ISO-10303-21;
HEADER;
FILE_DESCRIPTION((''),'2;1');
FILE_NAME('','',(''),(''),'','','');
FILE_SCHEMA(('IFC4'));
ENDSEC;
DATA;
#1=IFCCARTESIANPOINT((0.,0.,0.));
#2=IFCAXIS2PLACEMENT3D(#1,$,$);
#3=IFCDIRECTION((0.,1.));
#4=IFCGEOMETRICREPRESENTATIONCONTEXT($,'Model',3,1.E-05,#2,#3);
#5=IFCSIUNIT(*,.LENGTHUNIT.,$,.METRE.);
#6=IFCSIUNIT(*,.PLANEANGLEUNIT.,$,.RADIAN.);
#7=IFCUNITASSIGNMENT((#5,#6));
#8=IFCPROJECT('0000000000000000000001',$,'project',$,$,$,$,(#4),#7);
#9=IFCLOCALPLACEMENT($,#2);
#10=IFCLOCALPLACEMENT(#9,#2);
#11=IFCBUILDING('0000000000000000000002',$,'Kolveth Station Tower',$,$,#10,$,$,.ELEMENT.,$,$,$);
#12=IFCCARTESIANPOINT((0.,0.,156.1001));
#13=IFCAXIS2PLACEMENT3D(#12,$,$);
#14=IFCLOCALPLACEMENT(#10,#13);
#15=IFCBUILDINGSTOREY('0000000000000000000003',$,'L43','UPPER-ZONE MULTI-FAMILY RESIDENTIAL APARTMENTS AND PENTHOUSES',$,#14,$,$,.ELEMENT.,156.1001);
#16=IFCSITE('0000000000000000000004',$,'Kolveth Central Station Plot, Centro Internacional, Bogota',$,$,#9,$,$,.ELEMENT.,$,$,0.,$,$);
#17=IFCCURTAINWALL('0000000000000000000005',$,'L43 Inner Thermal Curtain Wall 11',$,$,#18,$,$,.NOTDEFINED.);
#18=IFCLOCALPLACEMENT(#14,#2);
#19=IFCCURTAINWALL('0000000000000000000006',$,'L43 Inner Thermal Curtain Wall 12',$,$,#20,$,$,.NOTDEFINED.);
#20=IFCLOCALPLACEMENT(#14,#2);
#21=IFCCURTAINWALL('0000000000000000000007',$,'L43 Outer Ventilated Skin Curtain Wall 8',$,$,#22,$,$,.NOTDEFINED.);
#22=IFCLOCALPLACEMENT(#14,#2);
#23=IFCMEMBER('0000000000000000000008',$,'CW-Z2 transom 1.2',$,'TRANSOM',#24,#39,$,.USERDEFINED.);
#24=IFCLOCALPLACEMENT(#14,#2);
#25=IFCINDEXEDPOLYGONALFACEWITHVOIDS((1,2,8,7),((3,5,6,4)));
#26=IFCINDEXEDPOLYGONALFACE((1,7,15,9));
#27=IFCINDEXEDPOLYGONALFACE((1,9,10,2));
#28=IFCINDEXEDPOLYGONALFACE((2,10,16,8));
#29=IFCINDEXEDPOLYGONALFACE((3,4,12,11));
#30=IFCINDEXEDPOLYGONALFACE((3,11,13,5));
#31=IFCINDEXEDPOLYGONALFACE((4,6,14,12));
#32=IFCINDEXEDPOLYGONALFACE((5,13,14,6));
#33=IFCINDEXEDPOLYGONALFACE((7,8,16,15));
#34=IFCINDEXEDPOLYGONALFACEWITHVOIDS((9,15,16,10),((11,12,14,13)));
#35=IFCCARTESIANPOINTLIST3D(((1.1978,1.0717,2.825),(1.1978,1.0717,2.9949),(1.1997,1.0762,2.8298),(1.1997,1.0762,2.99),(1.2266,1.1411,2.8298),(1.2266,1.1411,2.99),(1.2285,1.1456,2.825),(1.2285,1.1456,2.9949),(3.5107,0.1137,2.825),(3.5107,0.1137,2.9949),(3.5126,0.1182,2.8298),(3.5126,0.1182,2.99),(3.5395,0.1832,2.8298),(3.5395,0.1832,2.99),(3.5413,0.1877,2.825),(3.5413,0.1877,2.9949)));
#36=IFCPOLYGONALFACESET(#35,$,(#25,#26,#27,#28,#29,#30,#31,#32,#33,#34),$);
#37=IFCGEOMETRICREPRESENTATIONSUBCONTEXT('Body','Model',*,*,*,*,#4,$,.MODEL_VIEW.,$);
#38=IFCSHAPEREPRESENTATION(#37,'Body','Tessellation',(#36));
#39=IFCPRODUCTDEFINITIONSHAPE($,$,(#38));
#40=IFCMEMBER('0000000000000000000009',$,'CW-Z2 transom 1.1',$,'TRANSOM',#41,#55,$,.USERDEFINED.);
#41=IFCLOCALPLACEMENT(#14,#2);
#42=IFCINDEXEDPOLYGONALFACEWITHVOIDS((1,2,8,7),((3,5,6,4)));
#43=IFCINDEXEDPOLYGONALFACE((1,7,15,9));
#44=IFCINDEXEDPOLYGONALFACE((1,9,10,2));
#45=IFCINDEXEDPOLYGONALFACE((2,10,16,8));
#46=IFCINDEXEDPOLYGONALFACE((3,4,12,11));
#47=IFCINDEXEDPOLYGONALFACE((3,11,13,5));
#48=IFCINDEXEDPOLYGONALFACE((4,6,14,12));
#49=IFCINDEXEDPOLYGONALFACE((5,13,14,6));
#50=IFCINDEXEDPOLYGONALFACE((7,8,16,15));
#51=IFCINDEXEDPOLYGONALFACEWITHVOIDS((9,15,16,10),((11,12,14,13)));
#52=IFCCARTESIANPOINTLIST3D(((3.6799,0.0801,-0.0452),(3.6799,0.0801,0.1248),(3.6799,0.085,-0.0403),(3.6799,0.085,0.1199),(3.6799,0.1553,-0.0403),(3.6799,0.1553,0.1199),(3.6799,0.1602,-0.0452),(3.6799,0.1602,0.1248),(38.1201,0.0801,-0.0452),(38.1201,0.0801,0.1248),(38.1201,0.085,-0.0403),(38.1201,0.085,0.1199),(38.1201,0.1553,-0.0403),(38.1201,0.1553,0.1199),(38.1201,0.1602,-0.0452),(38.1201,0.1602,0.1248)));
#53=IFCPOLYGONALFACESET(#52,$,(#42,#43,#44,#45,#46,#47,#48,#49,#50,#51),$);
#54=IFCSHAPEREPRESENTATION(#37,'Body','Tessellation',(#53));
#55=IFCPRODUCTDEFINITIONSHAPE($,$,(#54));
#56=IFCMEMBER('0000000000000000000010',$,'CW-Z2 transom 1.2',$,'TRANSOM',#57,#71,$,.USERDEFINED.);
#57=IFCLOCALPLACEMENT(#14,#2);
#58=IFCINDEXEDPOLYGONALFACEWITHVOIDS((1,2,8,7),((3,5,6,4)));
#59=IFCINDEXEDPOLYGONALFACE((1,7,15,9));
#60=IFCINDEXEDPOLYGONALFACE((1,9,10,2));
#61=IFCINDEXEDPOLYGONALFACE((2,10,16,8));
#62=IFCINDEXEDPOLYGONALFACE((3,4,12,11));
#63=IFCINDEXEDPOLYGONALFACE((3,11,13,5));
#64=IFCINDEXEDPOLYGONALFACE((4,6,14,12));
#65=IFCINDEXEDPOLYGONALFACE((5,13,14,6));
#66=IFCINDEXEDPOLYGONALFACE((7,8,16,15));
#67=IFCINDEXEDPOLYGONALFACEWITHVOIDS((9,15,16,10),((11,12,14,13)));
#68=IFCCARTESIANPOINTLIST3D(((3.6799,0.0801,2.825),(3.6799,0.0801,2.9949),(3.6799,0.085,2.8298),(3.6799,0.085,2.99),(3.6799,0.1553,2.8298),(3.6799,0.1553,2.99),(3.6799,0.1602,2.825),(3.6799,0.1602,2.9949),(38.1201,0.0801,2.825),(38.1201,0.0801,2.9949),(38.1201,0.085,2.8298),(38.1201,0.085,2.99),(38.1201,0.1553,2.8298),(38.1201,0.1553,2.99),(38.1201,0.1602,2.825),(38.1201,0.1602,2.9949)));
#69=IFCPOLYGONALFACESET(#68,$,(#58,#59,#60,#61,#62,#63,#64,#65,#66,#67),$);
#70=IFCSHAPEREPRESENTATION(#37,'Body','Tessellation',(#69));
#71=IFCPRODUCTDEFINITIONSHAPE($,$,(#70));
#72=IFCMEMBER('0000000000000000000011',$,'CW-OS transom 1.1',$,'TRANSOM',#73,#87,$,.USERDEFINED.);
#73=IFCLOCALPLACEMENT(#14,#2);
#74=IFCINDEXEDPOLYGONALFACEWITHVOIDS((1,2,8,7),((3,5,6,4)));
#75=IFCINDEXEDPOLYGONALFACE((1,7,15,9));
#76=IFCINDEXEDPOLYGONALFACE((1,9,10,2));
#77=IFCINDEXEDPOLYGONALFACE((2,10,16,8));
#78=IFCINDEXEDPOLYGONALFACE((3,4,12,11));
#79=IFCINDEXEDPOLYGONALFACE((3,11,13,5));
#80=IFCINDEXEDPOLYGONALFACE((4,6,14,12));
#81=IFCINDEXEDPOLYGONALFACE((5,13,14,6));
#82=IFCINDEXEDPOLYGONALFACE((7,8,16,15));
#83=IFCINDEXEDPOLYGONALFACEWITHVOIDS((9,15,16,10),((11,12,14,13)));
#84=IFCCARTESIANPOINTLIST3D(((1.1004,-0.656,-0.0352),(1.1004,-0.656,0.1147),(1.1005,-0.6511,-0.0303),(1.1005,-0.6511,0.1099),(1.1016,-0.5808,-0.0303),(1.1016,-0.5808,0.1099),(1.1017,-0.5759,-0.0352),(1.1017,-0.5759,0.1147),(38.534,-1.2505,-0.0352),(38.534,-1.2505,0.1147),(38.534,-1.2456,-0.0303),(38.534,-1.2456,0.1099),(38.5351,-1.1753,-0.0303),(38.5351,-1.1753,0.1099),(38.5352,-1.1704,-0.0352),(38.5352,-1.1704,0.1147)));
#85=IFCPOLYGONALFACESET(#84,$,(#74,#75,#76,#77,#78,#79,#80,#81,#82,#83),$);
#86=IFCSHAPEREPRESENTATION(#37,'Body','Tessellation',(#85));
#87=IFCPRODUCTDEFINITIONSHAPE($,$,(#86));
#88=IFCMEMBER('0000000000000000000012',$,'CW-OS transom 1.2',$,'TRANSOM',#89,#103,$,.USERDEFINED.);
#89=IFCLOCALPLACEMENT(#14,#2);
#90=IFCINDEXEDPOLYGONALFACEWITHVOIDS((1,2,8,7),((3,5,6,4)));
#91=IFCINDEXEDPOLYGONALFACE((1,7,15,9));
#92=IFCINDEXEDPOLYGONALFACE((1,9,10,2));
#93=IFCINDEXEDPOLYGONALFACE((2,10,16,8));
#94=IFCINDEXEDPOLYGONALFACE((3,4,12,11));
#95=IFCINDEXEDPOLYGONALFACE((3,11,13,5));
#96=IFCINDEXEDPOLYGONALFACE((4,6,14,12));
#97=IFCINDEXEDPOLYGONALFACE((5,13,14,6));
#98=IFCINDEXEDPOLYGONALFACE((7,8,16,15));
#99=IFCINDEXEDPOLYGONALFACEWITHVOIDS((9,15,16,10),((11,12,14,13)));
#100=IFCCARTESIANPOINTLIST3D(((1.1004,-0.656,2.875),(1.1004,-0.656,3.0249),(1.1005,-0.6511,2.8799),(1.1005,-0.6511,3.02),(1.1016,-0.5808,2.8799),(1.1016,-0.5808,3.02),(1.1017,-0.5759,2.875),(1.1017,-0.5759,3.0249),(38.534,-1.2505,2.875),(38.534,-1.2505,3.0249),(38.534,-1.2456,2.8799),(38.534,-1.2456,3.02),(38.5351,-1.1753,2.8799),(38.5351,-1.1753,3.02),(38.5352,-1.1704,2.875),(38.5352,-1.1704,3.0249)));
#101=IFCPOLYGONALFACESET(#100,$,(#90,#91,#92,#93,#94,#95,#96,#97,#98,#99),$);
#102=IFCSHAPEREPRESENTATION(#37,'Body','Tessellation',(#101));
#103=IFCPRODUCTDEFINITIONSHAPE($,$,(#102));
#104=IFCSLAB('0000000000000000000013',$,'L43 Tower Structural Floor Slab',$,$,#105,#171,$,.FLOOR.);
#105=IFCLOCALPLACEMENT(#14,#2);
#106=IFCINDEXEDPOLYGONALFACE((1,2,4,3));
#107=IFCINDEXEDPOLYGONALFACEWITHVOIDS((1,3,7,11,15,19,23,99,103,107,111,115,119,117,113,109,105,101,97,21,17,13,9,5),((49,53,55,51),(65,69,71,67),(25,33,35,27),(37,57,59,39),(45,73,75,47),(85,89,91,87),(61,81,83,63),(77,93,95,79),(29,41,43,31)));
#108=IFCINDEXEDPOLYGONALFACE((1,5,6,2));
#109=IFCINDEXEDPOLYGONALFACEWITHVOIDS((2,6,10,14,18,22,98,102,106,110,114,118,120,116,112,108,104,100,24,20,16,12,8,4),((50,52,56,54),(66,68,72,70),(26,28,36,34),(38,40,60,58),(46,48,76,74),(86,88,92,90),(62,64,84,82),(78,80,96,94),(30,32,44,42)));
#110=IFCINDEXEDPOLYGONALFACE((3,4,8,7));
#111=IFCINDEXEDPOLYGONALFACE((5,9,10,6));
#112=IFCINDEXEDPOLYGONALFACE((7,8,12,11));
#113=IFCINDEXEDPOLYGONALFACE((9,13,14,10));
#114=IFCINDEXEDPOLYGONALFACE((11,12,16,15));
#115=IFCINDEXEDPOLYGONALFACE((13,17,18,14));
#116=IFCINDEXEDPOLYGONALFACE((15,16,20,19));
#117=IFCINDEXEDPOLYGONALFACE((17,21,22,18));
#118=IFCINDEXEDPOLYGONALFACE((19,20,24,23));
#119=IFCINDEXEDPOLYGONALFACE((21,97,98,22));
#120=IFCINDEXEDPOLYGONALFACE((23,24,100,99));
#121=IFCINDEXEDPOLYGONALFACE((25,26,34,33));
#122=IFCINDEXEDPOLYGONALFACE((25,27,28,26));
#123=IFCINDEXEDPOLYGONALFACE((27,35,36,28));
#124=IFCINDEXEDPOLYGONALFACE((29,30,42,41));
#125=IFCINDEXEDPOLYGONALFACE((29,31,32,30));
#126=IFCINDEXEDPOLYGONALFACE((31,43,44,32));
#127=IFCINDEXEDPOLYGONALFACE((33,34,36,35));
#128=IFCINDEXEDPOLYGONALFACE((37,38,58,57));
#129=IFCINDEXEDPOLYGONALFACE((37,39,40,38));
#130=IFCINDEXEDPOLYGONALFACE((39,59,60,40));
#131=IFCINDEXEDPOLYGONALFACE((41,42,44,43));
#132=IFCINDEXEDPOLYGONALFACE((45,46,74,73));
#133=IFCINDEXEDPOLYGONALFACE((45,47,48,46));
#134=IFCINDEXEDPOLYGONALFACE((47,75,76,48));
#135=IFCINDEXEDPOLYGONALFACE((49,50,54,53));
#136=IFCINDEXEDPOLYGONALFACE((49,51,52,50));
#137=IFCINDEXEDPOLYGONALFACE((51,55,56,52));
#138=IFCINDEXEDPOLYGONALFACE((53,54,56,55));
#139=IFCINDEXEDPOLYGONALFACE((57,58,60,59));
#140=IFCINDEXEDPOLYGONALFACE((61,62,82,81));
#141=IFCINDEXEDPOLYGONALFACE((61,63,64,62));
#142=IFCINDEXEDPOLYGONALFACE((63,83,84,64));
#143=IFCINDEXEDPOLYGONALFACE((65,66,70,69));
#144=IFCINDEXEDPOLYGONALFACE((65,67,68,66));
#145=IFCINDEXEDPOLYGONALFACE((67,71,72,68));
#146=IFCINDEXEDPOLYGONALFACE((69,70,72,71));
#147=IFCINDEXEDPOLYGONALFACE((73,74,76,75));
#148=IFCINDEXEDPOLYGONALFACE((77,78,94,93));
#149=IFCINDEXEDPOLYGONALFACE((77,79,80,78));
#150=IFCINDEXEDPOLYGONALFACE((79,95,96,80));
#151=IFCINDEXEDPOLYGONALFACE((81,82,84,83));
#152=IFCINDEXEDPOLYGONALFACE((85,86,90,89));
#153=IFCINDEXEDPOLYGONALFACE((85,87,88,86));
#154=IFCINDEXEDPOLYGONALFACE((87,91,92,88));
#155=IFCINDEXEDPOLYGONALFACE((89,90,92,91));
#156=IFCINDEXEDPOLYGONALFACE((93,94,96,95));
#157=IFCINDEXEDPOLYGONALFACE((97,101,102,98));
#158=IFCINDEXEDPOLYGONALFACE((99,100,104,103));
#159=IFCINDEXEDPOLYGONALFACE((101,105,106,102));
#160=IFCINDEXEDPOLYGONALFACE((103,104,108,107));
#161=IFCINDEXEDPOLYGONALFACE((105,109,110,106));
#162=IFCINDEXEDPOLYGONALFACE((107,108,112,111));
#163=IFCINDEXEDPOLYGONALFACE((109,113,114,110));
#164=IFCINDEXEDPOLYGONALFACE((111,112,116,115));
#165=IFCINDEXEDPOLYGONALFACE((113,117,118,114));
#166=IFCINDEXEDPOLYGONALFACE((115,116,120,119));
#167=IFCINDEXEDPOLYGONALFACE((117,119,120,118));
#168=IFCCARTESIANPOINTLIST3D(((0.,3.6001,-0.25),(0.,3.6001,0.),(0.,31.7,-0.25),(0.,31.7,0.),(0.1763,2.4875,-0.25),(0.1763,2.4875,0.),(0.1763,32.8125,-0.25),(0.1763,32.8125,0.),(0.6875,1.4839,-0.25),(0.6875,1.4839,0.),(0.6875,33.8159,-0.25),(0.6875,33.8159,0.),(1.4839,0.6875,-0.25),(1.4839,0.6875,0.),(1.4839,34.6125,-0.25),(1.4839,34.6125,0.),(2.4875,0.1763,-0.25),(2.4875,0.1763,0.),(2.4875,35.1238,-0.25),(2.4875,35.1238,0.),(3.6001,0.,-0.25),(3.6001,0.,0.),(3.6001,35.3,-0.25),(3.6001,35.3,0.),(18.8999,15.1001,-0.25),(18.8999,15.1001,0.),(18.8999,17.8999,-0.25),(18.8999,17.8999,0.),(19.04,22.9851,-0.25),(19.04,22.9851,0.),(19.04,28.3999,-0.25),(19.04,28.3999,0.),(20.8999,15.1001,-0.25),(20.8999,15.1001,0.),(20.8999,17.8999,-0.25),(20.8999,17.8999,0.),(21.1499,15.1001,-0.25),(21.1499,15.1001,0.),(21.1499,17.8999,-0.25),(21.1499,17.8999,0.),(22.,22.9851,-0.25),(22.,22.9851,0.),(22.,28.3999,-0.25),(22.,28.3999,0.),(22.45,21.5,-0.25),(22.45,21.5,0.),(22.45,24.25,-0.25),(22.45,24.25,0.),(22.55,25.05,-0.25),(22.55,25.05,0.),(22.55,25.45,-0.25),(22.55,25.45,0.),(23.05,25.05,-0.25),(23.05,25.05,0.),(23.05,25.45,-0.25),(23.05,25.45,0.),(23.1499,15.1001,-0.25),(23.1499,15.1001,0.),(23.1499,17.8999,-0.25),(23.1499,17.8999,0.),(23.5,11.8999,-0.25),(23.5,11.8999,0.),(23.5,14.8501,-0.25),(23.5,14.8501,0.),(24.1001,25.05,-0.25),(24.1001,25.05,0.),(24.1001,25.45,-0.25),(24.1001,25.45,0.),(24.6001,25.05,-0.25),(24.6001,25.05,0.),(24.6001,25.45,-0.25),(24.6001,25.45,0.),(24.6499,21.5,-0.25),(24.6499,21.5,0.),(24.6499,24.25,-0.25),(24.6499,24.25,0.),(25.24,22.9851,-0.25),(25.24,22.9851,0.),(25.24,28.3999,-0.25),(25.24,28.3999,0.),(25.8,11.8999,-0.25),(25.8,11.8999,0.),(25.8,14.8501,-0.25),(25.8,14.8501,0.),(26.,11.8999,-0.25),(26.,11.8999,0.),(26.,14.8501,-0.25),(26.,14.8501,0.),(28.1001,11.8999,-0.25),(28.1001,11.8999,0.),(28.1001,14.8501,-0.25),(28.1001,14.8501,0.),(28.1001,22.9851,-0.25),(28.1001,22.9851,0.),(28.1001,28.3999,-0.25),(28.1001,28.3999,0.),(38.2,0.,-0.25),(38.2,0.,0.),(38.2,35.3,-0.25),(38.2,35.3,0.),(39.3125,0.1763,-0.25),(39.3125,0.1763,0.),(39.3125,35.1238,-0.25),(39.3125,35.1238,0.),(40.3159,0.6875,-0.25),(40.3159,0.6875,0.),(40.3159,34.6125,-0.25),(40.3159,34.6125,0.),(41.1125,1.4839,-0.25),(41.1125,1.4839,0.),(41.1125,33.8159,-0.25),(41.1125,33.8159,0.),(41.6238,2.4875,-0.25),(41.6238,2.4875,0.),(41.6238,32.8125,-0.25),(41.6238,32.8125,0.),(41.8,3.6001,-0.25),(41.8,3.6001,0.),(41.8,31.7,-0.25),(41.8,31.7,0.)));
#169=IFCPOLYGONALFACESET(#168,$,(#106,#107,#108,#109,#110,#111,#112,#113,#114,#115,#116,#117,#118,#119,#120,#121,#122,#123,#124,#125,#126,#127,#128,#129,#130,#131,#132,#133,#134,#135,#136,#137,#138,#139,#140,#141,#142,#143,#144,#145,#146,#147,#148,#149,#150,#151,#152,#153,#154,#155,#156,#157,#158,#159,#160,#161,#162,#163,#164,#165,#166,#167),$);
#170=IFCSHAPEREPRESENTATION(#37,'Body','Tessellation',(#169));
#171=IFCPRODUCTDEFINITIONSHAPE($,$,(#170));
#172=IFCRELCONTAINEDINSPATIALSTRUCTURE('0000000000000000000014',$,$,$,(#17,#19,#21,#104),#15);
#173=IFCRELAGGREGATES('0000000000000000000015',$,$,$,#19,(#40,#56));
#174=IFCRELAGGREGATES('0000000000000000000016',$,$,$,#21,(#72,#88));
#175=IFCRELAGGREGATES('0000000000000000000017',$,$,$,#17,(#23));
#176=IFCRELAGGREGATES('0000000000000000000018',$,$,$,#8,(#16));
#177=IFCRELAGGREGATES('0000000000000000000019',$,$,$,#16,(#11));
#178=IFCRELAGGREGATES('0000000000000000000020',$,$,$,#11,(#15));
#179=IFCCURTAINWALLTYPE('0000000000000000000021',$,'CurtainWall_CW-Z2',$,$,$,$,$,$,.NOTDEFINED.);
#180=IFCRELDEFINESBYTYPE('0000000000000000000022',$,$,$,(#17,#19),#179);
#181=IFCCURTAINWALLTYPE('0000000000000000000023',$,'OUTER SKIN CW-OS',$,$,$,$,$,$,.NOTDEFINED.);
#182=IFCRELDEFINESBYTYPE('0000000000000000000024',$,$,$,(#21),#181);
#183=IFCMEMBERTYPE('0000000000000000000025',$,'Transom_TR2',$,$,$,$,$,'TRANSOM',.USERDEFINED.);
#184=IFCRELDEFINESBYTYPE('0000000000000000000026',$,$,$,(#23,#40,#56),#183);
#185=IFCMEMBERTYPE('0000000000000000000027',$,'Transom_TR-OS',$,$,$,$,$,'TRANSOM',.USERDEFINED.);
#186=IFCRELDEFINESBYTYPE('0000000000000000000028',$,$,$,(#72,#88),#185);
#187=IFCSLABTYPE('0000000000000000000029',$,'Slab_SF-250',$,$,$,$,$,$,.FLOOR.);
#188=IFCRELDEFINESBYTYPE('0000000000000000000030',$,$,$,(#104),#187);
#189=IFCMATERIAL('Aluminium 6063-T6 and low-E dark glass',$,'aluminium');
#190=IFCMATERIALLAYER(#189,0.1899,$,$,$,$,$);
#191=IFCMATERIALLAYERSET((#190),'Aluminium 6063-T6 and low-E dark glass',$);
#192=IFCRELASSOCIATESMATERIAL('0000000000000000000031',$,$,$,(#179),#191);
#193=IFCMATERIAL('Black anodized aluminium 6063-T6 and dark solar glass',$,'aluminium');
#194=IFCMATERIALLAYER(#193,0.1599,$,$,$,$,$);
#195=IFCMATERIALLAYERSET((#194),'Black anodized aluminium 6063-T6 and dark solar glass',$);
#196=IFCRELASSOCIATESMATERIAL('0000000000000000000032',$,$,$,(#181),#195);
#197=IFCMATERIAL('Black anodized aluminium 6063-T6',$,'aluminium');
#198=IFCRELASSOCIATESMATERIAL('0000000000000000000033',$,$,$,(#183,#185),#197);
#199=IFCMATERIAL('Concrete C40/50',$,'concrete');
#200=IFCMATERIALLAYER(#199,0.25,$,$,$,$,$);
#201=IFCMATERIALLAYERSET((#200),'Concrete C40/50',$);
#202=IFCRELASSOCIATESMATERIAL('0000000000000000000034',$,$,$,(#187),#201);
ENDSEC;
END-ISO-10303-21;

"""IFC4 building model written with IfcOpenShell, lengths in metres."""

from ifc_helpers import new_model, si_unit, direction, frame, origin, origin_2d, place, context, subcontext, project, spatial, polyline, hollow_rectangle, outline, extrude, source, transform, mapped, material, layer, layer_set, material_profile, profile_set, type_object, element, aggregate, save


model = new_model("IFC4")

# Units and contexts
model_context = context("Model", 3, precision=1e-05, world=origin(), true_north=direction((0.0, 1.0)))
body_context = subcontext(model_context, "Body", "Model", "MODEL_VIEW")
ifc_project = project(units=[si_unit("LENGTHUNIT", "METRE"), si_unit("PLANEANGLEUNIT", "RADIAN")], contexts=[model_context])

# Site, building, storey
site_placement = place(None, origin())
site = spatial("IfcSite", under=ifc_project, at=site_placement, Name="Kolveth Central Station Plot, Centro Internacional, Bogota", CompositionType="ELEMENT", RefElevation=0.0)
building_placement = place(site_placement, origin())
building = spatial("IfcBuilding", under=site, at=building_placement, Name="Kolveth Station Tower", CompositionType="ELEMENT")
storey_placement = place(building_placement, frame((0.0, 0.0, 156.1001)))
storey = spatial("IfcBuildingStorey", under=building, at=storey_placement, Name="L43", Description="UPPER-ZONE MULTI-FAMILY RESIDENTIAL APARTMENTS AND PENTHOUSES", CompositionType="ELEMENT", Elevation=156.1001)

# Shared definitions
ifc_material_1 = material(Name="Aluminium 6063-T6 and low-E dark glass", Category="aluminium")
ifc_layer_1 = layer(ifc_material_1, 0.1899)
ifc_layer_set_1 = layer_set([ifc_layer_1], Name="Aluminium 6063-T6 and low-E dark glass")
curtain_wall_type_1 = type_object("IfcCurtainWallType", Name="CurtainWall_CW-Z2", PredefinedType="NOTDEFINED", material=ifc_layer_set_1)
ifc_material_2 = material(Name="Black anodized aluminium 6063-T6", Category="aluminium")

# Curtain wall
curtain_wall_1_placement = place(storey_placement, origin())
curtain_wall_1 = element("IfcCurtainWall", 1, at=curtain_wall_1_placement, inside=storey, type_object=curtain_wall_type_1, Name="L43 Inner Thermal Curtain Wall 11", PredefinedType="NOTDEFINED")

# Curtain walls
curtain_wall_2_placement = place(storey_placement, origin())
curtain_wall_2 = element("IfcCurtainWall", 2, at=curtain_wall_2_placement, inside=storey, type_object=curtain_wall_type_1, Name="L43 Inner Thermal Curtain Wall 12", PredefinedType="NOTDEFINED")
ifc_material_3 = material(Name="Black anodized aluminium 6063-T6 and dark solar glass", Category="aluminium")
ifc_layer_2 = layer(ifc_material_3, 0.1599)
ifc_layer_set_2 = layer_set([ifc_layer_2], Name="Black anodized aluminium 6063-T6 and dark solar glass")
curtain_wall_type_2 = type_object("IfcCurtainWallType", Name="OUTER SKIN CW-OS", PredefinedType="NOTDEFINED", material=ifc_layer_set_2)
curtain_wall_3_placement = place(storey_placement, origin())
curtain_wall_3 = element("IfcCurtainWall", 3, at=curtain_wall_3_placement, inside=storey, type_object=curtain_wall_type_2, Name="L43 Outer Ventilated Skin Curtain Wall 8", PredefinedType="NOTDEFINED")

# Members
ifc_material_profile_1 = material_profile(ifc_material_2, hollow_rectangle(XDim=0.0801, YDim=0.1699, WallThickness=0.0049, at=origin_2d()), Name="ALU-80x170x5")
ifc_profile_set_1 = profile_set([ifc_material_profile_1], Name="Black anodized aluminium 6063-T6")
member_type_1 = type_object("IfcMemberType", Name="Transom_TR2", ElementType="TRANSOM", PredefinedType="USERDEFINED", material=ifc_profile_set_1)
shared_shape_1 = source(origin(), body_context, "Body", "SweptSolid", [
    extrude(hollow_rectangle(XDim=0.0801, YDim=0.1699, WallThickness=0.0049, at=origin_2d()), origin(), (0.0, 0.0, 1.0), 2.5034),
])
member_1_placement = place(storey_placement, frame((1.2131, 1.1086, 2.9099), z_axis=(0.923888, -0.382662, 0.0), x_axis=(0.382662, 0.923888, 0.0)))
member_1 = element("IfcMember", 4, at=member_1_placement, type_object=member_type_1, Name="CW-Z2 transom 1.2", ObjectType="TRANSOM", PredefinedType="USERDEFINED", context=body_context, shape_type="MappedRepresentation", body=[
    mapped(shared_shape_1, transform((0.0, 0.0, 0.0), x_axis=(1.0, 0.0, 0.0), y_axis=(0.0, 1.0, 0.0), z_axis=(0.0, 0.0, 1.0), scale=1.0)),
])
shared_shape_2 = source(origin(), body_context, "Body", "SweptSolid", [
    extrude(hollow_rectangle(XDim=0.0801, YDim=0.1699, WallThickness=0.0049, at=origin_2d()), origin(), (0.0, 0.0, 1.0), 34.4402),
])
member_2_placement = place(storey_placement, frame((3.6799, 0.1201, 0.0398), z_axis=(1.0, 0.0, 0.0), x_axis=(0.0, 1.0, 0.0)))
member_2 = element("IfcMember", 5, at=member_2_placement, type_object=member_type_1, Name="CW-Z2 transom 1.1", ObjectType="TRANSOM", PredefinedType="USERDEFINED", context=body_context, shape_type="MappedRepresentation", body=[
    mapped(shared_shape_2, transform((0.0, 0.0, 0.0), x_axis=(1.0, 0.0, 0.0), y_axis=(0.0, 1.0, 0.0), z_axis=(0.0, 0.0, 1.0), scale=1.0)),
])
member_3_placement = place(storey_placement, frame((3.6799, 0.1201, 2.9099), z_axis=(1.0, 0.0, 0.0), x_axis=(0.0, 1.0, 0.0)))
member_3 = element("IfcMember", 6, at=member_3_placement, type_object=member_type_1, Name="CW-Z2 transom 1.2", ObjectType="TRANSOM", PredefinedType="USERDEFINED", context=body_context, shape_type="MappedRepresentation", body=[
    mapped(shared_shape_2, transform((0.0, 0.0, 0.0), x_axis=(1.0, 0.0, 0.0), y_axis=(0.0, 1.0, 0.0), z_axis=(0.0, 0.0, 1.0), scale=1.0)),
])
aggregate(curtain_wall_2, [member_2, member_3])
ifc_material_profile_2 = material_profile(ifc_material_2, hollow_rectangle(XDim=0.0801, YDim=0.1499, WallThickness=0.0049, at=origin_2d()), Name="ALU-80x150x5")
ifc_profile_set_2 = profile_set([ifc_material_profile_2], Name="Black anodized aluminium 6063-T6")
member_type_2 = type_object("IfcMemberType", Name="Transom_TR-OS", ElementType="TRANSOM", PredefinedType="USERDEFINED", material=ifc_profile_set_2)
shared_shape_3 = source(origin(), body_context, "Body", "SweptSolid", [
    extrude(hollow_rectangle(XDim=0.0801, YDim=0.1499, WallThickness=0.0049, at=origin_2d()), origin(), (0.0, 0.0, 1.0), 37.4382),
])
member_4_placement = place(storey_placement, frame((1.1011, -0.616, 0.0398), z_axis=(0.999874, -0.015879, 0.0), x_axis=(0.015879, 0.999874, 0.0)))
member_4 = element("IfcMember", 7, at=member_4_placement, type_object=member_type_2, Name="CW-OS transom 1.1", ObjectType="TRANSOM", PredefinedType="USERDEFINED", context=body_context, shape_type="MappedRepresentation", body=[
    mapped(shared_shape_3, transform((0.0, 0.0, 0.0), x_axis=(1.0, 0.0, 0.0), y_axis=(0.0, 1.0, 0.0), z_axis=(0.0, 0.0, 1.0), scale=1.0)),
])
member_5_placement = place(storey_placement, frame((1.1011, -0.616, 2.95), z_axis=(0.999874, -0.015879, 0.0), x_axis=(0.015879, 0.999874, 0.0)))
member_5 = element("IfcMember", 8, at=member_5_placement, type_object=member_type_2, Name="CW-OS transom 1.2", ObjectType="TRANSOM", PredefinedType="USERDEFINED", context=body_context, shape_type="MappedRepresentation", body=[
    mapped(shared_shape_3, transform((0.0, 0.0, 0.0), x_axis=(1.0, 0.0, 0.0), y_axis=(0.0, 1.0, 0.0), z_axis=(0.0, 0.0, 1.0), scale=1.0)),
])
aggregate(curtain_wall_3, [member_4, member_5])

# Slab
ifc_material_4 = material(Name="Concrete C40/50", Category="concrete")
ifc_layer_3 = layer(ifc_material_4, 0.25)
ifc_layer_set_3 = layer_set([ifc_layer_3], Name="Concrete C40/50")
slab_type_1 = type_object("IfcSlabType", Name="Slab_SF-250", PredefinedType="FLOOR", material=ifc_layer_set_3)
slab_1_placement = place(storey_placement, frame((0.0, 0.0, -0.25)))
element("IfcSlab", 9, at=slab_1_placement, inside=storey, type_object=slab_type_1, Name="L43 Tower Structural Floor Slab", PredefinedType="FLOOR", context=body_context, shape_type="SweptSolid", body=[
    extrude(outline(polyline([(38.2, 0.0), (39.3125, 0.1763), (40.3159, 0.6875), (41.1125, 1.4839), (41.6238, 2.4875), (41.8, 3.6001), (41.8, 31.7), (41.6238, 32.8125), (41.1125, 33.8159), (40.3159, 34.6125), (39.3125, 35.1238), (38.2, 35.3), (3.6001, 35.3), (2.4875, 35.1238), (1.4839, 34.6125), (0.6875, 33.8159), (0.1763, 32.8125), (0.0, 31.7), (0.0, 3.6001), (0.1763, 2.4875), (0.6875, 1.4839), (1.4839, 0.6875), (2.4875, 0.1763), (3.6001, 0.0), (38.2, 0.0)]), holes=[polyline([(19.04, 22.9851), (22.0, 22.9851), (22.0, 28.3999), (19.04, 28.3999), (19.04, 22.9851)]), polyline([(25.24, 22.9851), (28.1001, 22.9851), (28.1001, 28.3999), (25.24, 28.3999), (25.24, 22.9851)]), polyline([(18.8999, 15.1001), (20.8999, 15.1001), (20.8999, 17.8999), (18.8999, 17.8999), (18.8999, 15.1001)]), polyline([(21.1499, 15.1001), (23.1499, 15.1001), (23.1499, 17.8999), (21.1499, 17.8999), (21.1499, 15.1001)]), polyline([(22.45, 21.5), (24.6499, 21.5), (24.6499, 24.25), (22.45, 24.25), (22.45, 21.5)]), polyline([(23.5, 11.8999), (25.8, 11.8999), (25.8, 14.8501), (23.5, 14.8501), (23.5, 11.8999)]), polyline([(26.0, 11.8999), (28.1001, 11.8999), (28.1001, 14.8501), (26.0, 14.8501), (26.0, 11.8999)]), polyline([(22.55, 25.05), (23.05, 25.05), (23.05, 25.45), (22.55, 25.45), (22.55, 25.05)]), polyline([(24.1001, 25.05), (24.6001, 25.05), (24.6001, 25.45), (24.1001, 25.45), (24.1001, 25.05)])]), origin(), (0.0, 0.0, 1.0), 0.25),
])

aggregate(curtain_wall_1, [member_1])

save(model, "model.ifc")
